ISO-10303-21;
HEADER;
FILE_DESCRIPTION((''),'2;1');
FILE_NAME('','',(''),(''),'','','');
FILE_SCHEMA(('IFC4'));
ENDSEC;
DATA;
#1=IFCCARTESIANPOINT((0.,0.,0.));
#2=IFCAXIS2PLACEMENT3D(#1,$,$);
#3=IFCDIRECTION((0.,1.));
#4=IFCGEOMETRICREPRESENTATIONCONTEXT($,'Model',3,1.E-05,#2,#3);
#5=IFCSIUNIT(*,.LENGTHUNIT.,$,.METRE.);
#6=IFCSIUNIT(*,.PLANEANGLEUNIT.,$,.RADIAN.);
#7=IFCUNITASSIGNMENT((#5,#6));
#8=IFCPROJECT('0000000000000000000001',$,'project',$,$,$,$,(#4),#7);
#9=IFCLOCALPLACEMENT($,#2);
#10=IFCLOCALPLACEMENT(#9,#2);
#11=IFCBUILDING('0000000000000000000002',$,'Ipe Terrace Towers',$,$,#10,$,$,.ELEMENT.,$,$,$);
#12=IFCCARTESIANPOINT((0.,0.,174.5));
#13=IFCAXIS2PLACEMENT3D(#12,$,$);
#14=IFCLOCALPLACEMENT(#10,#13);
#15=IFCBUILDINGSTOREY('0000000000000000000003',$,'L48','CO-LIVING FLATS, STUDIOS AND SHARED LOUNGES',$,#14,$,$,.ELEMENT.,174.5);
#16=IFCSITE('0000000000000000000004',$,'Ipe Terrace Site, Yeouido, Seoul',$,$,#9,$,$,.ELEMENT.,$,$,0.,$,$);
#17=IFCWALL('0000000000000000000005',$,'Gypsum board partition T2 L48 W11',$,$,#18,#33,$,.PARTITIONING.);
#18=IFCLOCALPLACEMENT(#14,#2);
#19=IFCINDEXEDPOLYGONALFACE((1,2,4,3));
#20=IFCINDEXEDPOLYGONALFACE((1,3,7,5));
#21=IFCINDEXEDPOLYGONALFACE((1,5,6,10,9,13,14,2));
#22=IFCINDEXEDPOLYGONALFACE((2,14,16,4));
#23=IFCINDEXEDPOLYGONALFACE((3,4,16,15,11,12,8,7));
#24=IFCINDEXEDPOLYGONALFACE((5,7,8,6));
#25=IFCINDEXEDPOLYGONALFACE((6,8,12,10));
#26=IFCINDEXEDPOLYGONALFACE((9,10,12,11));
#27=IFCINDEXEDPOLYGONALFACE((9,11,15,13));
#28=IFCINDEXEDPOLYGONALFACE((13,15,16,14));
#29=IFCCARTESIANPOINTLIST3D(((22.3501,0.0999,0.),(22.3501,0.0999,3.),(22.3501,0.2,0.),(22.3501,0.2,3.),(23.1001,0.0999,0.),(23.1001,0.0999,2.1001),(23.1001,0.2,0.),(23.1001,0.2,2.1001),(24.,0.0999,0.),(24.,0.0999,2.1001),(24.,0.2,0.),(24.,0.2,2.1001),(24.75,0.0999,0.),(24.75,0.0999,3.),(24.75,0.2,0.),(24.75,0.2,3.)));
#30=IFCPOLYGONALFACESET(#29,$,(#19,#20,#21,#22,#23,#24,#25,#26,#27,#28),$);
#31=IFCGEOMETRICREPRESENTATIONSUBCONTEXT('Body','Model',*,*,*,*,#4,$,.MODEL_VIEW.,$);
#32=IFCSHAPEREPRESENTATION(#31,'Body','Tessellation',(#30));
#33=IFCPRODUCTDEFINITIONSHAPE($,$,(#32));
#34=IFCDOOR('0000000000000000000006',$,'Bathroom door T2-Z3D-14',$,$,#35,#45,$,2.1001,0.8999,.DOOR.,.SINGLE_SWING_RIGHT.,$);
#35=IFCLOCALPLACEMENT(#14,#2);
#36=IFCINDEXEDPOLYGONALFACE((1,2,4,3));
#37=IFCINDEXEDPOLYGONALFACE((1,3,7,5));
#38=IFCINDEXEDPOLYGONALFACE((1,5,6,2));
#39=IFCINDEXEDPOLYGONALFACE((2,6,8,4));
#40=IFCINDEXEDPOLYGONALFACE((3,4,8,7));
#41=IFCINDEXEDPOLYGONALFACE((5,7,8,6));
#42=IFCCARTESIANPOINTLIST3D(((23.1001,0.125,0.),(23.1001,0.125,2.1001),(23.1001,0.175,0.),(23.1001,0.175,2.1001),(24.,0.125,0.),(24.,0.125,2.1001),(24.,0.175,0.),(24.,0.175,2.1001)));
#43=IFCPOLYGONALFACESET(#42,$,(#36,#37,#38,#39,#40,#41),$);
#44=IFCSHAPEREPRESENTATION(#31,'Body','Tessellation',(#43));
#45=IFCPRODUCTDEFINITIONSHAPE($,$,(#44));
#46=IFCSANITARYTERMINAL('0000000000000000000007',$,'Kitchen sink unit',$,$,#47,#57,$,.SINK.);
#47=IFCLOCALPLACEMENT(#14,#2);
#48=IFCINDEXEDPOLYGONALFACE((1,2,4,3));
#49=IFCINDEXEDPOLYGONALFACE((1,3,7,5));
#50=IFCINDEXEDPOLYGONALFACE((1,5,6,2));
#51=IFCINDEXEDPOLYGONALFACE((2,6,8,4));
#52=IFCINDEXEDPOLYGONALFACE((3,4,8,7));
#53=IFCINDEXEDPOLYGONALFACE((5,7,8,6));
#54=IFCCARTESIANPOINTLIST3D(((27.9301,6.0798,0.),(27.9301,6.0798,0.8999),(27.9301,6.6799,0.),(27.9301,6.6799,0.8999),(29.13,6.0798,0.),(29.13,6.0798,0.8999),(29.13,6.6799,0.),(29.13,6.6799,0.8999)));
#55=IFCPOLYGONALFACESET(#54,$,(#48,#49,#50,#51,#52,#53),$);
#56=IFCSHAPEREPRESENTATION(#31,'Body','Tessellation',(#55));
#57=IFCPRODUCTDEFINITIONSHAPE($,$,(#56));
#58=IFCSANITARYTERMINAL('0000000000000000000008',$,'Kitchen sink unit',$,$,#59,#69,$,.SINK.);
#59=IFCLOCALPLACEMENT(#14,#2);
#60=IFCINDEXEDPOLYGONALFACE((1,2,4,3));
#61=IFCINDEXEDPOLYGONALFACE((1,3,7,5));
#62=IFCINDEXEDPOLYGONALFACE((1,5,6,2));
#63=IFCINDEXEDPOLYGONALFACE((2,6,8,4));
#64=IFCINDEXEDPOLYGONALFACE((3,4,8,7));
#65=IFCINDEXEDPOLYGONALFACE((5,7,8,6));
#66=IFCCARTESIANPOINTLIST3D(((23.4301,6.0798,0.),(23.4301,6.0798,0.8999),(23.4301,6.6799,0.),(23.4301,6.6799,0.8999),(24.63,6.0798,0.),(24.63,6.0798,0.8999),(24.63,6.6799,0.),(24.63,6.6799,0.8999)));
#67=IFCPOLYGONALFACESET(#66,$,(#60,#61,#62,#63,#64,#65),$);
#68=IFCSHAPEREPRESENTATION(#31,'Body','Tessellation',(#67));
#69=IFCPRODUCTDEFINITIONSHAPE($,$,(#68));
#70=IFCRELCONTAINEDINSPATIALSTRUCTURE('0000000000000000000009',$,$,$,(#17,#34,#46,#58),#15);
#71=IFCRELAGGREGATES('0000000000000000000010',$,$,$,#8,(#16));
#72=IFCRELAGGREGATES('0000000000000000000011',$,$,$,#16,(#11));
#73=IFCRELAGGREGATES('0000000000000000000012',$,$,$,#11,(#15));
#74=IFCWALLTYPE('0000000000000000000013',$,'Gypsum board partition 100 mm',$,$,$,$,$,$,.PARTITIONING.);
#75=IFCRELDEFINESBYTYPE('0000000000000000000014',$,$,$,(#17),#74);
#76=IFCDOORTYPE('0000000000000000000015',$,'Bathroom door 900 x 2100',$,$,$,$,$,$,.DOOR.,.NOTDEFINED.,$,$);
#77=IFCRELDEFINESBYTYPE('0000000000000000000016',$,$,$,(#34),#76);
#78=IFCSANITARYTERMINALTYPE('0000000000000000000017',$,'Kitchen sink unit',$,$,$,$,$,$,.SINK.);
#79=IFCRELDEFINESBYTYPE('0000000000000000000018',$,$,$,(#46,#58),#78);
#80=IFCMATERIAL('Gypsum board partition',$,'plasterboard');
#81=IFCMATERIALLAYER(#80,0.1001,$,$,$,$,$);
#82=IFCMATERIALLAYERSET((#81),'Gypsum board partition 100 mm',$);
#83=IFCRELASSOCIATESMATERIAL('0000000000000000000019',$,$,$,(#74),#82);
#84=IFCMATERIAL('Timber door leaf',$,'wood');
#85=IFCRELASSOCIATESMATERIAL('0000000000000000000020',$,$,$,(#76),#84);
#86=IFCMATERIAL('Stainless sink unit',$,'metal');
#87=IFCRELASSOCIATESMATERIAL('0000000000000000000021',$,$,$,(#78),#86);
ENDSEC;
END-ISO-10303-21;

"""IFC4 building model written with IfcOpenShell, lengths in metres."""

from ifc_helpers import new_model, si_unit, direction, frame, frame_2d, origin, origin_2d, place, context, subcontext, project, spatial, rectangle, extrude, material, layer, layer_set, type_object, element, fill, save


model = new_model("IFC4")

# Units and contexts
model_context = context("Model", 3, precision=1e-05, world=origin(), true_north=direction((0.0, 1.0)))
body_context = subcontext(model_context, "Body", "Model", "MODEL_VIEW")
ifc_project = project(units=[si_unit("LENGTHUNIT", "METRE"), si_unit("PLANEANGLEUNIT", "RADIAN")], contexts=[model_context])

# Site, building, storey
site_placement = place(None, origin())
site = spatial("IfcSite", under=ifc_project, at=site_placement, Name="Ipe Terrace Site, Yeouido, Seoul", CompositionType="ELEMENT", RefElevation=0.0)
building_placement = place(site_placement, origin())
building = spatial("IfcBuilding", under=site, at=building_placement, Name="Ipe Terrace Towers", CompositionType="ELEMENT")
storey_placement = place(building_placement, frame((0.0, 0.0, 174.5)))
storey = spatial("IfcBuildingStorey", under=building, at=storey_placement, Name="L48", Description="CO-LIVING FLATS, STUDIOS AND SHARED LOUNGES", CompositionType="ELEMENT", Elevation=174.5)

# Wall, opening, door
ifc_material_1 = material(Name="Gypsum board partition", Category="plasterboard")
ifc_layer_1 = layer(ifc_material_1, 0.1001)
ifc_layer_set_1 = layer_set([ifc_layer_1], Name="Gypsum board partition 100 mm")
wall_type_1 = type_object("IfcWallType", Name="Gypsum board partition 100 mm", PredefinedType="PARTITIONING", material=ifc_layer_set_1)
wall_1_placement = place(storey_placement, frame((24.75, 0.1499, 0.0), z_axis=(0.0, 0.0, 1.0), x_axis=(-1.0, 0.0, 0.0)))
wall_1 = element("IfcWall", 1, at=wall_1_placement, inside=storey, type_object=wall_type_1, Name="Gypsum board partition T2 L48 W11", PredefinedType="PARTITIONING", context=body_context, shape_type="SweptSolid", body=[
    extrude(rectangle(XDim=2.3999, YDim=0.1001, at=frame_2d((1.2, 0.0))), origin(), (0.0, 0.0, 1.0), 3.0),
])
opening_placement = place(wall_1_placement, frame((0.75, 0.0, 0.0)))
opening = element("IfcOpeningElement", 2, at=opening_placement, cuts=wall_1, PredefinedType="OPENING", context=body_context, shape_type="SweptSolid", body=[
    extrude(rectangle(XDim=0.8999, YDim=2.1001, at=frame_2d((0.45, 1.05))), frame((0.0, 0.0601, 0.0), z_axis=(0.0, -1.0, 0.0), x_axis=(1.0, 0.0, 0.0)), (0.0, 0.0, 1.0), 0.1201),
])
ifc_material_2 = material(Name="Timber door leaf", Category="wood")
door_type = type_object("IfcDoorType", Name="Bathroom door 900 x 2100", OperationType="NOTDEFINED", PredefinedType="DOOR", material=ifc_material_2)
door_placement = place(opening_placement, origin())
door = element("IfcDoor", 3, at=door_placement, inside=storey, type_object=door_type, Name="Bathroom door T2-Z3D-14", OperationType="SINGLE_SWING_RIGHT", OverallHeight=2.1001, OverallWidth=0.8999, PredefinedType="DOOR", context=body_context, shape_type="SweptSolid", body=[
    extrude(rectangle(XDim=0.8999, YDim=2.1001, at=frame_2d((0.45, 1.05))), frame((0.0, 0.0249, 0.0), z_axis=(0.0, -1.0, 0.0), x_axis=(1.0, 0.0, 0.0)), (0.0, 0.0, 1.0), 0.05),
])
fill(opening, door)

# Sanitary terminals
ifc_material_3 = material(Name="Stainless sink unit", Category="metal")
sanitary_terminal_type = type_object("IfcSanitaryTerminalType", Name="Kitchen sink unit", PredefinedType="SINK", material=ifc_material_3)
for number, where, z_axis, x_axis, name in (
    (4, (28.53, 6.3799, 0.0), (0.0, 0.0, 1.0), (1.0, 0.0, 0.0), "Kitchen sink unit"),
    (5, (24.03, 6.3799, 0.0), (0.0, 0.0, 1.0), (1.0, 0.0, 0.0), "Kitchen sink unit"),
):
    element("IfcSanitaryTerminal", number, at=place(storey_placement, frame(where, z_axis=z_axis, x_axis=x_axis)), inside=storey, type_object=sanitary_terminal_type, Name=name, PredefinedType="SINK", context=body_context, shape_type="SweptSolid", body=[
        extrude(rectangle(XDim=1.2, YDim=0.6001, at=origin_2d()), origin(), (0.0, 0.0, 1.0), 0.8999),
    ])

save(model, "model.ifc")
